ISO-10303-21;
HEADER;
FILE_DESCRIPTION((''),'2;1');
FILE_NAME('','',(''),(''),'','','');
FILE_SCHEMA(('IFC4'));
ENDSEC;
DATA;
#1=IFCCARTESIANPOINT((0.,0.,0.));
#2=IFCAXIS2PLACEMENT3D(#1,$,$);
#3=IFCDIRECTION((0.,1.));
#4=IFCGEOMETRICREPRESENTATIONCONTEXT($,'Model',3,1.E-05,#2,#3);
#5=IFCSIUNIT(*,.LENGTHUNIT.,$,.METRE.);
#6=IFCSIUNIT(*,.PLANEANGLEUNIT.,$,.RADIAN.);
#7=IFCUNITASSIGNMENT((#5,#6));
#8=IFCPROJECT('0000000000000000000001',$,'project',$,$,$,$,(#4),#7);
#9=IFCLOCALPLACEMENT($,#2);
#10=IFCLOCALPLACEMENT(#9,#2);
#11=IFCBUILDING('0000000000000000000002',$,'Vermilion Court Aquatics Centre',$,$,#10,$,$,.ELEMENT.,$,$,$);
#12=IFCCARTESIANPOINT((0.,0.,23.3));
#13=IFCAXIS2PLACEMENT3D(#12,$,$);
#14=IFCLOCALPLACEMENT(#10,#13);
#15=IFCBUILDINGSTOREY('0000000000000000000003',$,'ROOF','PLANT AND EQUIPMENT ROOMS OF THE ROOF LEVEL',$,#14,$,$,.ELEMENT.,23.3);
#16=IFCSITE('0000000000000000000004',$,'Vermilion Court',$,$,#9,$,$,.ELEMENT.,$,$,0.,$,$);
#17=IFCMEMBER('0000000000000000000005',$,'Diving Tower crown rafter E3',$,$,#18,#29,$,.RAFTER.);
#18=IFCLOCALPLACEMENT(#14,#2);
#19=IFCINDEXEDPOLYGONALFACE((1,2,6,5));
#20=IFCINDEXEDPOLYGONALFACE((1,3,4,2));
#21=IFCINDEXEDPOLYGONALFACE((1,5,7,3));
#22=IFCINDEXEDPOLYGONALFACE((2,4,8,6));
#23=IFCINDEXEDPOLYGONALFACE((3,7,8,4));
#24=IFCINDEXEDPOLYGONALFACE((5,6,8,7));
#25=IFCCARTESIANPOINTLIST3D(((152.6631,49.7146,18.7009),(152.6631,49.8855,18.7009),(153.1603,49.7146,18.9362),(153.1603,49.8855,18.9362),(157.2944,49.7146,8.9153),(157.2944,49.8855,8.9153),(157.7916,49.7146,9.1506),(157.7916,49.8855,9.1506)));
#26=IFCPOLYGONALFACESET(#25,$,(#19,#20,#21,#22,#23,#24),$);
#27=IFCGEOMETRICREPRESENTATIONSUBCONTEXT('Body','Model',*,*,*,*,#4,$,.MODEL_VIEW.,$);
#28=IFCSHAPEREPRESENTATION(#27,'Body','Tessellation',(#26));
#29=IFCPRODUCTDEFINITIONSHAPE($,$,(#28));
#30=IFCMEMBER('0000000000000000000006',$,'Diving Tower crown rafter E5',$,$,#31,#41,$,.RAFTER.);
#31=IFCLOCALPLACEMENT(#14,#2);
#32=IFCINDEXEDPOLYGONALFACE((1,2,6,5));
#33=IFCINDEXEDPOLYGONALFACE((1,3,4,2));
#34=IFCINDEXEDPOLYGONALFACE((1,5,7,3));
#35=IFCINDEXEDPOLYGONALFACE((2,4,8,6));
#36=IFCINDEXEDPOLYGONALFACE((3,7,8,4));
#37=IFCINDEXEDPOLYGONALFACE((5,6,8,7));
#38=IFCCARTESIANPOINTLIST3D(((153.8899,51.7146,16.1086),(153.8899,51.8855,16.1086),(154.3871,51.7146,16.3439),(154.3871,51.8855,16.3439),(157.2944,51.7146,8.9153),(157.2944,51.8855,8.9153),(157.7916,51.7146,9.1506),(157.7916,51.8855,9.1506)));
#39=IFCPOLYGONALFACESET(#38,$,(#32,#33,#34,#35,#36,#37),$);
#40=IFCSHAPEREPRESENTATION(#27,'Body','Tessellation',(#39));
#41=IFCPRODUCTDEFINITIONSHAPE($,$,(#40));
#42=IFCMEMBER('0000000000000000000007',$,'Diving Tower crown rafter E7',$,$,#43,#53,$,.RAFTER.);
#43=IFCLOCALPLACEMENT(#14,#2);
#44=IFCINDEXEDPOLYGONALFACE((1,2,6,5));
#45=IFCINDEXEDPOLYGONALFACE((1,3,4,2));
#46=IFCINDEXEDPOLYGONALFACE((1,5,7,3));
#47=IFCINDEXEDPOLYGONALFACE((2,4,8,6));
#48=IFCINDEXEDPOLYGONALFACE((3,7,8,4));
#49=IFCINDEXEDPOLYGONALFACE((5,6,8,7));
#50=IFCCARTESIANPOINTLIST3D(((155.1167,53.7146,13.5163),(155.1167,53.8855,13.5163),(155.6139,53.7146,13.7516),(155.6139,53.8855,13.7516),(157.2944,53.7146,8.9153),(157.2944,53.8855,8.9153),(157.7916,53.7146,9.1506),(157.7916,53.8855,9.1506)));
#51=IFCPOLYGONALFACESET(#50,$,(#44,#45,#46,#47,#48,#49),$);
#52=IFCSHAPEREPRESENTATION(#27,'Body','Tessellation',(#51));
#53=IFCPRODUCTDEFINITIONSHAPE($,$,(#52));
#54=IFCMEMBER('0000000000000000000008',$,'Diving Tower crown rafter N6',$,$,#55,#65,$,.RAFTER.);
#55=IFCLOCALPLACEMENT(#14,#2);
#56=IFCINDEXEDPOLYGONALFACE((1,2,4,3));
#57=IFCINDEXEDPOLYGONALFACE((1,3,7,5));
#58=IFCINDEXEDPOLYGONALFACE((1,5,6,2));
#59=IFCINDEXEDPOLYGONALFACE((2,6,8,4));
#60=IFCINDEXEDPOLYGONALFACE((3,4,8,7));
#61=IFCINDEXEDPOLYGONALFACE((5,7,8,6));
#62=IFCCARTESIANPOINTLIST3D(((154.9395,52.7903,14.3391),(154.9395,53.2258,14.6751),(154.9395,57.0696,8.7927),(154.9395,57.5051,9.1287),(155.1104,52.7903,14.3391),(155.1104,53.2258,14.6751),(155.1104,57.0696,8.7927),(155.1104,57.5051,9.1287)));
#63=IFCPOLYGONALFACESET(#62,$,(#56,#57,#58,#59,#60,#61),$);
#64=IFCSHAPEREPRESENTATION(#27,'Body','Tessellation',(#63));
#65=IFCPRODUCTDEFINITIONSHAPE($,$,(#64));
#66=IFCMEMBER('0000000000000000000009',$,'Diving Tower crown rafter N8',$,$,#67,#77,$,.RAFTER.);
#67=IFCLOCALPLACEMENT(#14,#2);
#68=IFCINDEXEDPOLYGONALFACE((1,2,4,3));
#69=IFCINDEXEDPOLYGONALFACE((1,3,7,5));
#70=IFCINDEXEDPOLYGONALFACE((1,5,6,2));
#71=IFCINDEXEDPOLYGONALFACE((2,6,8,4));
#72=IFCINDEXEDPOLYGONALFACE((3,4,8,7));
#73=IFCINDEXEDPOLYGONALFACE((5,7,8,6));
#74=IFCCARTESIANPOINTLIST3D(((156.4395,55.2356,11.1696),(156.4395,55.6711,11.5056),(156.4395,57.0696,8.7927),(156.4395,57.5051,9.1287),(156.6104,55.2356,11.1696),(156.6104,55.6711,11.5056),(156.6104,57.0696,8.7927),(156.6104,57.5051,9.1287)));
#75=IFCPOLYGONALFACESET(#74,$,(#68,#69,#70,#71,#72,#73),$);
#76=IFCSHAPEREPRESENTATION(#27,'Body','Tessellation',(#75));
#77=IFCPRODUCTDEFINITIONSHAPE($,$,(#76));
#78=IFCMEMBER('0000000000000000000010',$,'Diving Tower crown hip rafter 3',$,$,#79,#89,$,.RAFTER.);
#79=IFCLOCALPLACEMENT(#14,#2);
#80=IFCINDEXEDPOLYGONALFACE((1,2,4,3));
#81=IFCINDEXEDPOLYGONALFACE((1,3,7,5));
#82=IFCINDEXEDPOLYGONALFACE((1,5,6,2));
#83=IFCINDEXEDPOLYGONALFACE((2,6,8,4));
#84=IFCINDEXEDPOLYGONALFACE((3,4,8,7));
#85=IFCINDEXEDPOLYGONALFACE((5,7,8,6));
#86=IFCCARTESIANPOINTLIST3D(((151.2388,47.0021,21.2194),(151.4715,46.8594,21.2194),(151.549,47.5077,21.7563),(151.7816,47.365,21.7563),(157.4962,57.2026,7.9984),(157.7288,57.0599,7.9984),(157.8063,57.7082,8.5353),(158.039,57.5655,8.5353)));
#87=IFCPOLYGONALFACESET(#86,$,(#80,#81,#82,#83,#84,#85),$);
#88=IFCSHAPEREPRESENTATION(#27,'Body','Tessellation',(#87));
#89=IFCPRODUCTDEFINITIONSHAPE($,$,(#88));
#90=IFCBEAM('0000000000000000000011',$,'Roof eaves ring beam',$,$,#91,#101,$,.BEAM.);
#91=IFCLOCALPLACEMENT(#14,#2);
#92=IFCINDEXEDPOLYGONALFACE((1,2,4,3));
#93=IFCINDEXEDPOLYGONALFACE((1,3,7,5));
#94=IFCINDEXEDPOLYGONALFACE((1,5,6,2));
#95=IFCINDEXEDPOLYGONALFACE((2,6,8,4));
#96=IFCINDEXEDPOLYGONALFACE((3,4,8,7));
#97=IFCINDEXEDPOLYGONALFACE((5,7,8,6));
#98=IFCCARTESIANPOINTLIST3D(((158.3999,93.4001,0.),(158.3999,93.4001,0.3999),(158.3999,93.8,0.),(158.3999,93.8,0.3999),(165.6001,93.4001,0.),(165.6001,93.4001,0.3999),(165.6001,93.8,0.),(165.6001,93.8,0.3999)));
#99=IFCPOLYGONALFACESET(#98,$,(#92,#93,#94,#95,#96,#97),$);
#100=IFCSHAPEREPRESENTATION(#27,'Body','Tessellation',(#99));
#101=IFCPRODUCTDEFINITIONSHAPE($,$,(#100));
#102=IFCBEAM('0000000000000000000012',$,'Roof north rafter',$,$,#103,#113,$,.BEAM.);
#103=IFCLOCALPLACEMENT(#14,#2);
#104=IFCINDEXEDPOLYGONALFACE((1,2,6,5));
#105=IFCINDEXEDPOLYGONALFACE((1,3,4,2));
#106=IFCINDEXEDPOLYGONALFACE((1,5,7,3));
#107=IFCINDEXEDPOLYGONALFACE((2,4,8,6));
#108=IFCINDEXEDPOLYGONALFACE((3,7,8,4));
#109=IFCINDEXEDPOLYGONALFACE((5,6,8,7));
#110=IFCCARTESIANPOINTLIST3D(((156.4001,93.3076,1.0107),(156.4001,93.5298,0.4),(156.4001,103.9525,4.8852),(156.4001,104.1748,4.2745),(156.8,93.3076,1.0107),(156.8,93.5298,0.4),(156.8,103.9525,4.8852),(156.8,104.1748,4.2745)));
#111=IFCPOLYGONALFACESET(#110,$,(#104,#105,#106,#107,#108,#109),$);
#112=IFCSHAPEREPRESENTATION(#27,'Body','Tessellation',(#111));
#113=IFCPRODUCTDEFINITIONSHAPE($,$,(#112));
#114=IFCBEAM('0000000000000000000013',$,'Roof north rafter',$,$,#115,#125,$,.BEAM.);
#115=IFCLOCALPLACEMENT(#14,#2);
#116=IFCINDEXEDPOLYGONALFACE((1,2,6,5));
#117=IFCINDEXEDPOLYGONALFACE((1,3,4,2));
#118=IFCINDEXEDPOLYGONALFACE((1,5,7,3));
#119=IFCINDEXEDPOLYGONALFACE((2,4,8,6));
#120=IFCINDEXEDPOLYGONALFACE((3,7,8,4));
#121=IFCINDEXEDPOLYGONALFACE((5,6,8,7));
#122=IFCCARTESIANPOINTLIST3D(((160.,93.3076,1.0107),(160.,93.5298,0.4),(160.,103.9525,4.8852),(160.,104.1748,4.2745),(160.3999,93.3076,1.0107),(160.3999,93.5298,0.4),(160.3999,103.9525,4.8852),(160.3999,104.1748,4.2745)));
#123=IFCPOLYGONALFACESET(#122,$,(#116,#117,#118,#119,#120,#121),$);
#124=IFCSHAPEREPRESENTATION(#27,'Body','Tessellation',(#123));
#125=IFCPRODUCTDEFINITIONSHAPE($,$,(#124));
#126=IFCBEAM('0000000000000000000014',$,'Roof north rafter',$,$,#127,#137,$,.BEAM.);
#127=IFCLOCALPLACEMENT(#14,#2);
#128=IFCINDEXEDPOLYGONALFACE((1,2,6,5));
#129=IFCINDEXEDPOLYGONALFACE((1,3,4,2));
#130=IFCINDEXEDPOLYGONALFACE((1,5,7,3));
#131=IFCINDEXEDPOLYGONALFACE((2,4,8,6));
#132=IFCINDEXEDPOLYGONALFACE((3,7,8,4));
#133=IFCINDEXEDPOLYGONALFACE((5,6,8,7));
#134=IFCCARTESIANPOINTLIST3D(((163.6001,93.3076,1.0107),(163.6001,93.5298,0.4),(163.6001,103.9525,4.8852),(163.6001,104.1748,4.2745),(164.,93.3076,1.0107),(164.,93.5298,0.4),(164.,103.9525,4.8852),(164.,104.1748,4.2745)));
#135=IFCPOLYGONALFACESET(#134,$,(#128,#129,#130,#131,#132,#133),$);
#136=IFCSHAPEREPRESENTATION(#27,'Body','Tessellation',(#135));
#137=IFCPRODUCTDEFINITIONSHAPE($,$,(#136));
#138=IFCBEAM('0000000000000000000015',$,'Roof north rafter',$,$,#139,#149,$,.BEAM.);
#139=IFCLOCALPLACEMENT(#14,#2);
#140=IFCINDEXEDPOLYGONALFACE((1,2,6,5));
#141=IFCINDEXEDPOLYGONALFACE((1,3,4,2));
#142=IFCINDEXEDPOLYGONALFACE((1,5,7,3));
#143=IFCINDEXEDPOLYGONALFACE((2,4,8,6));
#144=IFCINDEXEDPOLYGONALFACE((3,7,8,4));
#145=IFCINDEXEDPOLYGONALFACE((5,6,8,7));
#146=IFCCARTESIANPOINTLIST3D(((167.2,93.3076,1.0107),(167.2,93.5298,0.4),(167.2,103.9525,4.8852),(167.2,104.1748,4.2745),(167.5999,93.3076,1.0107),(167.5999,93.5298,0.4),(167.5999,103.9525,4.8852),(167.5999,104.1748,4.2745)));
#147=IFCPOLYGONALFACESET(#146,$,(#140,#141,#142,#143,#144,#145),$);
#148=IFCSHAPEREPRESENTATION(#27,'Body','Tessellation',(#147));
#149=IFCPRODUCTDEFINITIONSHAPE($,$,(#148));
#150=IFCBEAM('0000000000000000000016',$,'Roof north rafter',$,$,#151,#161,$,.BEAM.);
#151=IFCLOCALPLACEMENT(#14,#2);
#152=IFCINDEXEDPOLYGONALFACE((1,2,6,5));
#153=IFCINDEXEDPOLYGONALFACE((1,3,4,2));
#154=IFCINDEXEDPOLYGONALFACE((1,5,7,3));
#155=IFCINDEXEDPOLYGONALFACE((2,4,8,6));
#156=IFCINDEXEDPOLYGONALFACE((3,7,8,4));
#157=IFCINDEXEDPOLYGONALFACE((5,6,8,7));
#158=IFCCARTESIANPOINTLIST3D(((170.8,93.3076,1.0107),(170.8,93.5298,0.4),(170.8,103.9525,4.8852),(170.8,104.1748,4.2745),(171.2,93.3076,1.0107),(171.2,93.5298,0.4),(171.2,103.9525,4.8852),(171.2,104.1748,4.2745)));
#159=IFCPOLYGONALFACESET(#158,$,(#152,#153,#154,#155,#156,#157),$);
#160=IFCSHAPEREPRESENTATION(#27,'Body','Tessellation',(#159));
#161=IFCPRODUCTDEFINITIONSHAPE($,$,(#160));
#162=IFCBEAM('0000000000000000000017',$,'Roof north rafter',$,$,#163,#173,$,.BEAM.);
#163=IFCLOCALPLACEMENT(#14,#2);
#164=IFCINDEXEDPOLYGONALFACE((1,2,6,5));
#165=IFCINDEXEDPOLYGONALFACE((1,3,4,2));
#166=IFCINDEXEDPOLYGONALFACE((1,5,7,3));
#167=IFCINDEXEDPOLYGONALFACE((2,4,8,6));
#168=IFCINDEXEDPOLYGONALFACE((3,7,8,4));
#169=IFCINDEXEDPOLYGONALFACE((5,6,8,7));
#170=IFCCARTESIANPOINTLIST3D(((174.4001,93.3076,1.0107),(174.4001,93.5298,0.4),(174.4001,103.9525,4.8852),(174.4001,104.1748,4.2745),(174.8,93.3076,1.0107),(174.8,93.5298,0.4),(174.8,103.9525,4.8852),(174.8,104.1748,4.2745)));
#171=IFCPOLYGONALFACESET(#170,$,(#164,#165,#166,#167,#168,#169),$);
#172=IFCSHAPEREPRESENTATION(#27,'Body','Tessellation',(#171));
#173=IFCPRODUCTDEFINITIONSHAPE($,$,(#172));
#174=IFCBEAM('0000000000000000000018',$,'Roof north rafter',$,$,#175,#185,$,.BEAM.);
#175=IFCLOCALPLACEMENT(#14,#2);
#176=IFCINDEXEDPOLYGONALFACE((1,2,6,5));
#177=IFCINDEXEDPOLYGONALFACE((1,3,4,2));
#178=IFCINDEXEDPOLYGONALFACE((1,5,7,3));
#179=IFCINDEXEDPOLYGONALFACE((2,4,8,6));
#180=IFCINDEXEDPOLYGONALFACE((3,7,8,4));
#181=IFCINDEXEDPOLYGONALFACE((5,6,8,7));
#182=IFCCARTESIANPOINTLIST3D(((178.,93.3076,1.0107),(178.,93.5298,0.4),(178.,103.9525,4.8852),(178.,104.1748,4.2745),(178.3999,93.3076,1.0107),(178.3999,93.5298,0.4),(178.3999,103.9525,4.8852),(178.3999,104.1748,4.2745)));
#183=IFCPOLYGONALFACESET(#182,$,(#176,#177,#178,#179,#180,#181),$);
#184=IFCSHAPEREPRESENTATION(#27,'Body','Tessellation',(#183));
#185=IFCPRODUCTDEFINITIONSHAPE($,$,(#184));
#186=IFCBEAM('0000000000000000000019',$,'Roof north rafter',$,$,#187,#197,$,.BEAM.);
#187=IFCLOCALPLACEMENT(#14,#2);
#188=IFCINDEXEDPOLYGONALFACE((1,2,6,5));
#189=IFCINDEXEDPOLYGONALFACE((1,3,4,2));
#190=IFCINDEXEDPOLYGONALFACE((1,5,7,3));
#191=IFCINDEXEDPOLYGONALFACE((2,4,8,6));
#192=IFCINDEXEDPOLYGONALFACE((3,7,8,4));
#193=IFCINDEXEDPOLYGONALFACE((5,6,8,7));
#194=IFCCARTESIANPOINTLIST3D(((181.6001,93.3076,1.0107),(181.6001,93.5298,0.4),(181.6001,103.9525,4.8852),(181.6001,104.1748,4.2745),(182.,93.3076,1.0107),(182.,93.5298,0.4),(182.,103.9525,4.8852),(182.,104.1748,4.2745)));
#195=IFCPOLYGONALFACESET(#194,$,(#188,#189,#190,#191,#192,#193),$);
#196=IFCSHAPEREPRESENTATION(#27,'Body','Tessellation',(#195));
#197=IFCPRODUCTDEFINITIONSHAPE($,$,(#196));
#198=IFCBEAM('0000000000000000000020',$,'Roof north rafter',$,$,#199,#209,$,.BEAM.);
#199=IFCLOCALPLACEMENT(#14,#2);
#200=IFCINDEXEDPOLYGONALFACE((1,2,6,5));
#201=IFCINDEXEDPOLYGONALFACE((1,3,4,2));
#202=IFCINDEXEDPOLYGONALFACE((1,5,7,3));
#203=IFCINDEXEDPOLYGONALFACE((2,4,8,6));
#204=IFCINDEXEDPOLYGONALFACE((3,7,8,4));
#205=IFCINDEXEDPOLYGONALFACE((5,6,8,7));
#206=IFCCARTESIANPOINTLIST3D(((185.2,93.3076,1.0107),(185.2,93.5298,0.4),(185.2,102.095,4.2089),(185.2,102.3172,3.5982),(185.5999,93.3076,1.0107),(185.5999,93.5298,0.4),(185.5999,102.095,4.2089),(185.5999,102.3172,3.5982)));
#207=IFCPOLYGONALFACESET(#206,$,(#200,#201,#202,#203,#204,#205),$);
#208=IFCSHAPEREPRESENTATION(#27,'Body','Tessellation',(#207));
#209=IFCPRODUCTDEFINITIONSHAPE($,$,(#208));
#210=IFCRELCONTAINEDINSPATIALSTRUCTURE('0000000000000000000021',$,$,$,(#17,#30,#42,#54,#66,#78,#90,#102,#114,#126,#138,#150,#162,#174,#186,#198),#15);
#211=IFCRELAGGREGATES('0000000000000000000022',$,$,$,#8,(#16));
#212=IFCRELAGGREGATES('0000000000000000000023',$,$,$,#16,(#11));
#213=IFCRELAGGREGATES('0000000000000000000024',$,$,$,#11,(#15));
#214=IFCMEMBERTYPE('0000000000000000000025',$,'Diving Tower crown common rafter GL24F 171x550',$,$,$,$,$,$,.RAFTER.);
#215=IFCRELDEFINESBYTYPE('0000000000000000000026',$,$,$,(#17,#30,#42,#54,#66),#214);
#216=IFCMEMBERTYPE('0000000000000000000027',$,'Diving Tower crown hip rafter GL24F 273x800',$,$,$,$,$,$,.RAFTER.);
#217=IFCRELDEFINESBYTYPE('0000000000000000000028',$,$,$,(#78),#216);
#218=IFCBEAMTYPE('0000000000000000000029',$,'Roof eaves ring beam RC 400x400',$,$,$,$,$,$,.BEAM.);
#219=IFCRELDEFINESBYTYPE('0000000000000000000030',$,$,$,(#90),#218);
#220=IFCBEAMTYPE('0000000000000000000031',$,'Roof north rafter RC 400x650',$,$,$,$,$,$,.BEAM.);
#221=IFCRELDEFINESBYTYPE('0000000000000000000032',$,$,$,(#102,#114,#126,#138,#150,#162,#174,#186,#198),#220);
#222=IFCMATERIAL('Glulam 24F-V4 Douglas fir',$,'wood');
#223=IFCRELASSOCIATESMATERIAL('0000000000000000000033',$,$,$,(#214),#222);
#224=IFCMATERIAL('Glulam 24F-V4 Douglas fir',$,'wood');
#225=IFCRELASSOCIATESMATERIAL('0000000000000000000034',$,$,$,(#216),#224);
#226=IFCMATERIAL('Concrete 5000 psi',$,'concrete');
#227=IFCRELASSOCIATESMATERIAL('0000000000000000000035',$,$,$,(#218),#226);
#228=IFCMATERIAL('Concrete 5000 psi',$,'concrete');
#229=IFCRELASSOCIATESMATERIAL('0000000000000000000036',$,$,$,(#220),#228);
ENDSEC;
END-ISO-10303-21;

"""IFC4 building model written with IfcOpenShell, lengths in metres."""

from ifc_helpers import new_model, si_unit, direction, frame, origin, origin_2d, place, context, subcontext, project, spatial, rectangle, extrude, material, material_profile, profile_set, type_object, element, save


model = new_model("IFC4")

# Units and contexts
model_context = context("Model", 3, precision=1e-05, world=origin(), true_north=direction((0.0, 1.0)))
body_context = subcontext(model_context, "Body", "Model", "MODEL_VIEW")
ifc_project = project(units=[si_unit("LENGTHUNIT", "METRE"), si_unit("PLANEANGLEUNIT", "RADIAN")], contexts=[model_context])

# Site, building, storey
site_placement = place(None, origin())
site = spatial("IfcSite", under=ifc_project, at=site_placement, Name="Vermilion Court", CompositionType="ELEMENT", RefElevation=0.0)
building_placement = place(site_placement, origin())
building = spatial("IfcBuilding", under=site, at=building_placement, Name="Vermilion Court Aquatics Centre", CompositionType="ELEMENT")
storey_placement = place(building_placement, frame((0.0, 0.0, 23.3)))
storey = spatial("IfcBuildingStorey", under=building, at=storey_placement, Name="ROOF", Description="PLANT AND EQUIPMENT ROOMS OF THE ROOF LEVEL", CompositionType="ELEMENT", Elevation=23.3)

# Members
ifc_material_1 = material(Name="Glulam 24F-V4 Douglas fir", Category="wood")
ifc_material_profile_1 = material_profile(ifc_material_1, rectangle(XDim=0.1709, YDim=0.55, at=origin_2d()), Name="GL24F 171x550")
ifc_profile_set_1 = profile_set([ifc_material_profile_1], Name="Glulam 24F-V4 Douglas fir")
member_type_1 = type_object("IfcMemberType", Name="Diving Tower crown common rafter GL24F 171x550", PredefinedType="RAFTER", material=ifc_profile_set_1)
member_1_placement = place(storey_placement, frame((157.543, 49.8, 9.033), z_axis=(-0.427788, 0.0, 0.903879), x_axis=(0.0, -1.0, 0.0)))
element("IfcMember", 1, at=member_1_placement, inside=storey, type_object=member_type_1, Name="Diving Tower crown rafter E3", PredefinedType="RAFTER", context=body_context, shape_type="SweptSolid", body=[
    extrude(rectangle(XDim=0.1709, YDim=0.55, at=origin_2d()), origin(), (0.0, 0.0, 1.0), 10.8262),
])
member_2_placement = place(storey_placement, frame((157.543, 51.8, 9.033), z_axis=(-0.427795, 0.0, 0.903876), x_axis=(0.0, -1.0, 0.0)))
element("IfcMember", 2, at=member_2_placement, inside=storey, type_object=member_type_1, Name="Diving Tower crown rafter E5", PredefinedType="RAFTER", context=body_context, shape_type="SweptSolid", body=[
    extrude(rectangle(XDim=0.1709, YDim=0.55, at=origin_2d()), origin(), (0.0, 0.0, 1.0), 7.9583),
])
member_3_placement = place(storey_placement, frame((157.543, 53.8, 9.033), z_axis=(-0.42781, 0.0, 0.903869), x_axis=(0.0, -1.0, 0.0)))
element("IfcMember", 3, at=member_3_placement, inside=storey, type_object=member_type_1, Name="Diving Tower crown rafter E7", PredefinedType="RAFTER", context=body_context, shape_type="SweptSolid", body=[
    extrude(rectangle(XDim=0.1709, YDim=0.55, at=origin_2d()), origin(), (0.0, 0.0, 1.0), 5.0903),
])
member_4_placement = place(storey_placement, frame((155.0249, 57.2874, 8.9607), z_axis=(0.0, -0.610862, 0.791737), x_axis=(1.0, 0.0, 0.0)))
element("IfcMember", 4, at=member_4_placement, inside=storey, type_object=member_type_1, Name="Diving Tower crown rafter N6", PredefinedType="RAFTER", context=body_context, shape_type="SweptSolid", body=[
    extrude(rectangle(XDim=0.1709, YDim=0.55, at=origin_2d()), origin(), (0.0, 0.0, 1.0), 7.0054),
])
member_5_placement = place(storey_placement, frame((156.5249, 57.2874, 8.9607), z_axis=(0.0, -0.610873, 0.791728), x_axis=(1.0, 0.0, 0.0)))
element("IfcMember", 5, at=member_5_placement, inside=storey, type_object=member_type_1, Name="Diving Tower crown rafter N8", PredefinedType="RAFTER", context=body_context, shape_type="SweptSolid", body=[
    extrude(rectangle(XDim=0.1709, YDim=0.55, at=origin_2d()), origin(), (0.0, 0.0, 1.0), 3.0022),
])
ifc_material_2 = material(Name="Glulam 24F-V4 Douglas fir", Category="wood")
ifc_material_profile_2 = material_profile(ifc_material_2, rectangle(XDim=0.2729, YDim=0.8, at=origin_2d()), Name="GL24F 273x800")
ifc_profile_set_2 = profile_set([ifc_material_profile_2], Name="Glulam 24F-V4 Douglas fir")
member_type_2 = type_object("IfcMemberType", Name="Diving Tower crown hip rafter GL24F 273x800", PredefinedType="RAFTER", material=ifc_profile_set_2)
member_6_placement = place(storey_placement, frame((157.7676, 57.384, 8.2668), z_axis=(-0.350895, -0.572015, 0.741398), x_axis=(0.852399, -0.522893, 0.0)))
element("IfcMember", 6, at=member_6_placement, inside=storey, type_object=member_type_2, Name="Diving Tower crown hip rafter 3", PredefinedType="RAFTER", context=body_context, shape_type="SweptSolid", body=[
    extrude(rectangle(XDim=0.2729, YDim=0.8, at=origin_2d()), origin(), (0.0, 0.0, 1.0), 17.8325),
])

# Beams
ifc_material_3 = material(Name="Concrete 5000 psi", Category="concrete")
ifc_material_profile_3 = material_profile(ifc_material_3, rectangle(XDim=0.3999, YDim=0.3999, at=origin_2d()), Name="RC 400x400")
ifc_profile_set_3 = profile_set([ifc_material_profile_3], Name="Concrete 5000 psi")
beam_type_1 = type_object("IfcBeamType", Name="Roof eaves ring beam RC 400x400", PredefinedType="BEAM", material=ifc_profile_set_3)
beam_1_placement = place(storey_placement, frame((158.3999, 93.6001, 0.2), z_axis=(1.0, 0.0, 0.0), x_axis=(0.0, 1.0, 0.0)))
element("IfcBeam", 7, at=beam_1_placement, inside=storey, type_object=beam_type_1, Name="Roof eaves ring beam", PredefinedType="BEAM", context=body_context, shape_type="SweptSolid", body=[
    extrude(rectangle(XDim=0.3999, YDim=0.3999, at=origin_2d()), origin(), (0.0, 0.0, 1.0), 7.2002),
])
ifc_material_4 = material(Name="Concrete 5000 psi", Category="concrete")
ifc_material_profile_4 = material_profile(ifc_material_4, rectangle(XDim=0.3999, YDim=0.6499, at=origin_2d()), Name="RC 400x650")
ifc_profile_set_4 = profile_set([ifc_material_profile_4], Name="Concrete 5000 psi")
beam_type_2 = type_object("IfcBeamType", Name="Roof north rafter RC 400x650", PredefinedType="BEAM", material=ifc_profile_set_4)
for number, where, z_axis, x_axis, name in (
    (8, (156.6001, 93.4187, 0.7053), (0.0, 0.939691, 0.342023), (-1.0, 0.0, 0.0), "Roof north rafter"),
    (9, (160.2, 93.4187, 0.7053), (0.0, 0.939691, 0.342023), (-1.0, 0.0, 0.0), "Roof north rafter"),
    (10, (163.8, 93.4187, 0.7053), (0.0, 0.939691, 0.342023), (-1.0, 0.0, 0.0), "Roof north rafter"),
    (11, (167.3999, 93.4187, 0.7053), (0.0, 0.939691, 0.342023), (-1.0, 0.0, 0.0), "Roof north rafter"),
    (12, (171.0, 93.4187, 0.7053), (0.0, 0.939691, 0.342023), (-1.0, 0.0, 0.0), "Roof north rafter"),
    (13, (174.6001, 93.4187, 0.7053), (0.0, 0.939691, 0.342023), (-1.0, 0.0, 0.0), "Roof north rafter"),
    (14, (178.2, 93.4187, 0.7053), (0.0, 0.939691, 0.342023), (-1.0, 0.0, 0.0), "Roof north rafter"),
    (15, (181.8, 93.4187, 0.7053), (0.0, 0.939691, 0.342023), (-1.0, 0.0, 0.0), "Roof north rafter"),
):
    element("IfcBeam", number, at=place(storey_placement, frame(where, z_axis=z_axis, x_axis=x_axis)), inside=storey, type_object=beam_type_2, Name=name, PredefinedType="BEAM", context=body_context, shape_type="SweptSolid", body=[
        extrude(rectangle(XDim=0.3999, YDim=0.6499, at=origin_2d()), origin(), (0.0, 0.0, 1.0), 11.3281),
    ])
beam_2_placement = place(storey_placement, frame((185.3999, 93.4187, 0.7053), z_axis=(0.0, 0.939696, 0.342011), x_axis=(-1.0, 0.0, 0.0)))
element("IfcBeam", 16, at=beam_2_placement, inside=storey, type_object=beam_type_2, Name="Roof north rafter", PredefinedType="BEAM", context=body_context, shape_type="SweptSolid", body=[
    extrude(rectangle(XDim=0.3999, YDim=0.6499, at=origin_2d()), origin(), (0.0, 0.0, 1.0), 9.3513),
])

save(model, "model.ifc")
